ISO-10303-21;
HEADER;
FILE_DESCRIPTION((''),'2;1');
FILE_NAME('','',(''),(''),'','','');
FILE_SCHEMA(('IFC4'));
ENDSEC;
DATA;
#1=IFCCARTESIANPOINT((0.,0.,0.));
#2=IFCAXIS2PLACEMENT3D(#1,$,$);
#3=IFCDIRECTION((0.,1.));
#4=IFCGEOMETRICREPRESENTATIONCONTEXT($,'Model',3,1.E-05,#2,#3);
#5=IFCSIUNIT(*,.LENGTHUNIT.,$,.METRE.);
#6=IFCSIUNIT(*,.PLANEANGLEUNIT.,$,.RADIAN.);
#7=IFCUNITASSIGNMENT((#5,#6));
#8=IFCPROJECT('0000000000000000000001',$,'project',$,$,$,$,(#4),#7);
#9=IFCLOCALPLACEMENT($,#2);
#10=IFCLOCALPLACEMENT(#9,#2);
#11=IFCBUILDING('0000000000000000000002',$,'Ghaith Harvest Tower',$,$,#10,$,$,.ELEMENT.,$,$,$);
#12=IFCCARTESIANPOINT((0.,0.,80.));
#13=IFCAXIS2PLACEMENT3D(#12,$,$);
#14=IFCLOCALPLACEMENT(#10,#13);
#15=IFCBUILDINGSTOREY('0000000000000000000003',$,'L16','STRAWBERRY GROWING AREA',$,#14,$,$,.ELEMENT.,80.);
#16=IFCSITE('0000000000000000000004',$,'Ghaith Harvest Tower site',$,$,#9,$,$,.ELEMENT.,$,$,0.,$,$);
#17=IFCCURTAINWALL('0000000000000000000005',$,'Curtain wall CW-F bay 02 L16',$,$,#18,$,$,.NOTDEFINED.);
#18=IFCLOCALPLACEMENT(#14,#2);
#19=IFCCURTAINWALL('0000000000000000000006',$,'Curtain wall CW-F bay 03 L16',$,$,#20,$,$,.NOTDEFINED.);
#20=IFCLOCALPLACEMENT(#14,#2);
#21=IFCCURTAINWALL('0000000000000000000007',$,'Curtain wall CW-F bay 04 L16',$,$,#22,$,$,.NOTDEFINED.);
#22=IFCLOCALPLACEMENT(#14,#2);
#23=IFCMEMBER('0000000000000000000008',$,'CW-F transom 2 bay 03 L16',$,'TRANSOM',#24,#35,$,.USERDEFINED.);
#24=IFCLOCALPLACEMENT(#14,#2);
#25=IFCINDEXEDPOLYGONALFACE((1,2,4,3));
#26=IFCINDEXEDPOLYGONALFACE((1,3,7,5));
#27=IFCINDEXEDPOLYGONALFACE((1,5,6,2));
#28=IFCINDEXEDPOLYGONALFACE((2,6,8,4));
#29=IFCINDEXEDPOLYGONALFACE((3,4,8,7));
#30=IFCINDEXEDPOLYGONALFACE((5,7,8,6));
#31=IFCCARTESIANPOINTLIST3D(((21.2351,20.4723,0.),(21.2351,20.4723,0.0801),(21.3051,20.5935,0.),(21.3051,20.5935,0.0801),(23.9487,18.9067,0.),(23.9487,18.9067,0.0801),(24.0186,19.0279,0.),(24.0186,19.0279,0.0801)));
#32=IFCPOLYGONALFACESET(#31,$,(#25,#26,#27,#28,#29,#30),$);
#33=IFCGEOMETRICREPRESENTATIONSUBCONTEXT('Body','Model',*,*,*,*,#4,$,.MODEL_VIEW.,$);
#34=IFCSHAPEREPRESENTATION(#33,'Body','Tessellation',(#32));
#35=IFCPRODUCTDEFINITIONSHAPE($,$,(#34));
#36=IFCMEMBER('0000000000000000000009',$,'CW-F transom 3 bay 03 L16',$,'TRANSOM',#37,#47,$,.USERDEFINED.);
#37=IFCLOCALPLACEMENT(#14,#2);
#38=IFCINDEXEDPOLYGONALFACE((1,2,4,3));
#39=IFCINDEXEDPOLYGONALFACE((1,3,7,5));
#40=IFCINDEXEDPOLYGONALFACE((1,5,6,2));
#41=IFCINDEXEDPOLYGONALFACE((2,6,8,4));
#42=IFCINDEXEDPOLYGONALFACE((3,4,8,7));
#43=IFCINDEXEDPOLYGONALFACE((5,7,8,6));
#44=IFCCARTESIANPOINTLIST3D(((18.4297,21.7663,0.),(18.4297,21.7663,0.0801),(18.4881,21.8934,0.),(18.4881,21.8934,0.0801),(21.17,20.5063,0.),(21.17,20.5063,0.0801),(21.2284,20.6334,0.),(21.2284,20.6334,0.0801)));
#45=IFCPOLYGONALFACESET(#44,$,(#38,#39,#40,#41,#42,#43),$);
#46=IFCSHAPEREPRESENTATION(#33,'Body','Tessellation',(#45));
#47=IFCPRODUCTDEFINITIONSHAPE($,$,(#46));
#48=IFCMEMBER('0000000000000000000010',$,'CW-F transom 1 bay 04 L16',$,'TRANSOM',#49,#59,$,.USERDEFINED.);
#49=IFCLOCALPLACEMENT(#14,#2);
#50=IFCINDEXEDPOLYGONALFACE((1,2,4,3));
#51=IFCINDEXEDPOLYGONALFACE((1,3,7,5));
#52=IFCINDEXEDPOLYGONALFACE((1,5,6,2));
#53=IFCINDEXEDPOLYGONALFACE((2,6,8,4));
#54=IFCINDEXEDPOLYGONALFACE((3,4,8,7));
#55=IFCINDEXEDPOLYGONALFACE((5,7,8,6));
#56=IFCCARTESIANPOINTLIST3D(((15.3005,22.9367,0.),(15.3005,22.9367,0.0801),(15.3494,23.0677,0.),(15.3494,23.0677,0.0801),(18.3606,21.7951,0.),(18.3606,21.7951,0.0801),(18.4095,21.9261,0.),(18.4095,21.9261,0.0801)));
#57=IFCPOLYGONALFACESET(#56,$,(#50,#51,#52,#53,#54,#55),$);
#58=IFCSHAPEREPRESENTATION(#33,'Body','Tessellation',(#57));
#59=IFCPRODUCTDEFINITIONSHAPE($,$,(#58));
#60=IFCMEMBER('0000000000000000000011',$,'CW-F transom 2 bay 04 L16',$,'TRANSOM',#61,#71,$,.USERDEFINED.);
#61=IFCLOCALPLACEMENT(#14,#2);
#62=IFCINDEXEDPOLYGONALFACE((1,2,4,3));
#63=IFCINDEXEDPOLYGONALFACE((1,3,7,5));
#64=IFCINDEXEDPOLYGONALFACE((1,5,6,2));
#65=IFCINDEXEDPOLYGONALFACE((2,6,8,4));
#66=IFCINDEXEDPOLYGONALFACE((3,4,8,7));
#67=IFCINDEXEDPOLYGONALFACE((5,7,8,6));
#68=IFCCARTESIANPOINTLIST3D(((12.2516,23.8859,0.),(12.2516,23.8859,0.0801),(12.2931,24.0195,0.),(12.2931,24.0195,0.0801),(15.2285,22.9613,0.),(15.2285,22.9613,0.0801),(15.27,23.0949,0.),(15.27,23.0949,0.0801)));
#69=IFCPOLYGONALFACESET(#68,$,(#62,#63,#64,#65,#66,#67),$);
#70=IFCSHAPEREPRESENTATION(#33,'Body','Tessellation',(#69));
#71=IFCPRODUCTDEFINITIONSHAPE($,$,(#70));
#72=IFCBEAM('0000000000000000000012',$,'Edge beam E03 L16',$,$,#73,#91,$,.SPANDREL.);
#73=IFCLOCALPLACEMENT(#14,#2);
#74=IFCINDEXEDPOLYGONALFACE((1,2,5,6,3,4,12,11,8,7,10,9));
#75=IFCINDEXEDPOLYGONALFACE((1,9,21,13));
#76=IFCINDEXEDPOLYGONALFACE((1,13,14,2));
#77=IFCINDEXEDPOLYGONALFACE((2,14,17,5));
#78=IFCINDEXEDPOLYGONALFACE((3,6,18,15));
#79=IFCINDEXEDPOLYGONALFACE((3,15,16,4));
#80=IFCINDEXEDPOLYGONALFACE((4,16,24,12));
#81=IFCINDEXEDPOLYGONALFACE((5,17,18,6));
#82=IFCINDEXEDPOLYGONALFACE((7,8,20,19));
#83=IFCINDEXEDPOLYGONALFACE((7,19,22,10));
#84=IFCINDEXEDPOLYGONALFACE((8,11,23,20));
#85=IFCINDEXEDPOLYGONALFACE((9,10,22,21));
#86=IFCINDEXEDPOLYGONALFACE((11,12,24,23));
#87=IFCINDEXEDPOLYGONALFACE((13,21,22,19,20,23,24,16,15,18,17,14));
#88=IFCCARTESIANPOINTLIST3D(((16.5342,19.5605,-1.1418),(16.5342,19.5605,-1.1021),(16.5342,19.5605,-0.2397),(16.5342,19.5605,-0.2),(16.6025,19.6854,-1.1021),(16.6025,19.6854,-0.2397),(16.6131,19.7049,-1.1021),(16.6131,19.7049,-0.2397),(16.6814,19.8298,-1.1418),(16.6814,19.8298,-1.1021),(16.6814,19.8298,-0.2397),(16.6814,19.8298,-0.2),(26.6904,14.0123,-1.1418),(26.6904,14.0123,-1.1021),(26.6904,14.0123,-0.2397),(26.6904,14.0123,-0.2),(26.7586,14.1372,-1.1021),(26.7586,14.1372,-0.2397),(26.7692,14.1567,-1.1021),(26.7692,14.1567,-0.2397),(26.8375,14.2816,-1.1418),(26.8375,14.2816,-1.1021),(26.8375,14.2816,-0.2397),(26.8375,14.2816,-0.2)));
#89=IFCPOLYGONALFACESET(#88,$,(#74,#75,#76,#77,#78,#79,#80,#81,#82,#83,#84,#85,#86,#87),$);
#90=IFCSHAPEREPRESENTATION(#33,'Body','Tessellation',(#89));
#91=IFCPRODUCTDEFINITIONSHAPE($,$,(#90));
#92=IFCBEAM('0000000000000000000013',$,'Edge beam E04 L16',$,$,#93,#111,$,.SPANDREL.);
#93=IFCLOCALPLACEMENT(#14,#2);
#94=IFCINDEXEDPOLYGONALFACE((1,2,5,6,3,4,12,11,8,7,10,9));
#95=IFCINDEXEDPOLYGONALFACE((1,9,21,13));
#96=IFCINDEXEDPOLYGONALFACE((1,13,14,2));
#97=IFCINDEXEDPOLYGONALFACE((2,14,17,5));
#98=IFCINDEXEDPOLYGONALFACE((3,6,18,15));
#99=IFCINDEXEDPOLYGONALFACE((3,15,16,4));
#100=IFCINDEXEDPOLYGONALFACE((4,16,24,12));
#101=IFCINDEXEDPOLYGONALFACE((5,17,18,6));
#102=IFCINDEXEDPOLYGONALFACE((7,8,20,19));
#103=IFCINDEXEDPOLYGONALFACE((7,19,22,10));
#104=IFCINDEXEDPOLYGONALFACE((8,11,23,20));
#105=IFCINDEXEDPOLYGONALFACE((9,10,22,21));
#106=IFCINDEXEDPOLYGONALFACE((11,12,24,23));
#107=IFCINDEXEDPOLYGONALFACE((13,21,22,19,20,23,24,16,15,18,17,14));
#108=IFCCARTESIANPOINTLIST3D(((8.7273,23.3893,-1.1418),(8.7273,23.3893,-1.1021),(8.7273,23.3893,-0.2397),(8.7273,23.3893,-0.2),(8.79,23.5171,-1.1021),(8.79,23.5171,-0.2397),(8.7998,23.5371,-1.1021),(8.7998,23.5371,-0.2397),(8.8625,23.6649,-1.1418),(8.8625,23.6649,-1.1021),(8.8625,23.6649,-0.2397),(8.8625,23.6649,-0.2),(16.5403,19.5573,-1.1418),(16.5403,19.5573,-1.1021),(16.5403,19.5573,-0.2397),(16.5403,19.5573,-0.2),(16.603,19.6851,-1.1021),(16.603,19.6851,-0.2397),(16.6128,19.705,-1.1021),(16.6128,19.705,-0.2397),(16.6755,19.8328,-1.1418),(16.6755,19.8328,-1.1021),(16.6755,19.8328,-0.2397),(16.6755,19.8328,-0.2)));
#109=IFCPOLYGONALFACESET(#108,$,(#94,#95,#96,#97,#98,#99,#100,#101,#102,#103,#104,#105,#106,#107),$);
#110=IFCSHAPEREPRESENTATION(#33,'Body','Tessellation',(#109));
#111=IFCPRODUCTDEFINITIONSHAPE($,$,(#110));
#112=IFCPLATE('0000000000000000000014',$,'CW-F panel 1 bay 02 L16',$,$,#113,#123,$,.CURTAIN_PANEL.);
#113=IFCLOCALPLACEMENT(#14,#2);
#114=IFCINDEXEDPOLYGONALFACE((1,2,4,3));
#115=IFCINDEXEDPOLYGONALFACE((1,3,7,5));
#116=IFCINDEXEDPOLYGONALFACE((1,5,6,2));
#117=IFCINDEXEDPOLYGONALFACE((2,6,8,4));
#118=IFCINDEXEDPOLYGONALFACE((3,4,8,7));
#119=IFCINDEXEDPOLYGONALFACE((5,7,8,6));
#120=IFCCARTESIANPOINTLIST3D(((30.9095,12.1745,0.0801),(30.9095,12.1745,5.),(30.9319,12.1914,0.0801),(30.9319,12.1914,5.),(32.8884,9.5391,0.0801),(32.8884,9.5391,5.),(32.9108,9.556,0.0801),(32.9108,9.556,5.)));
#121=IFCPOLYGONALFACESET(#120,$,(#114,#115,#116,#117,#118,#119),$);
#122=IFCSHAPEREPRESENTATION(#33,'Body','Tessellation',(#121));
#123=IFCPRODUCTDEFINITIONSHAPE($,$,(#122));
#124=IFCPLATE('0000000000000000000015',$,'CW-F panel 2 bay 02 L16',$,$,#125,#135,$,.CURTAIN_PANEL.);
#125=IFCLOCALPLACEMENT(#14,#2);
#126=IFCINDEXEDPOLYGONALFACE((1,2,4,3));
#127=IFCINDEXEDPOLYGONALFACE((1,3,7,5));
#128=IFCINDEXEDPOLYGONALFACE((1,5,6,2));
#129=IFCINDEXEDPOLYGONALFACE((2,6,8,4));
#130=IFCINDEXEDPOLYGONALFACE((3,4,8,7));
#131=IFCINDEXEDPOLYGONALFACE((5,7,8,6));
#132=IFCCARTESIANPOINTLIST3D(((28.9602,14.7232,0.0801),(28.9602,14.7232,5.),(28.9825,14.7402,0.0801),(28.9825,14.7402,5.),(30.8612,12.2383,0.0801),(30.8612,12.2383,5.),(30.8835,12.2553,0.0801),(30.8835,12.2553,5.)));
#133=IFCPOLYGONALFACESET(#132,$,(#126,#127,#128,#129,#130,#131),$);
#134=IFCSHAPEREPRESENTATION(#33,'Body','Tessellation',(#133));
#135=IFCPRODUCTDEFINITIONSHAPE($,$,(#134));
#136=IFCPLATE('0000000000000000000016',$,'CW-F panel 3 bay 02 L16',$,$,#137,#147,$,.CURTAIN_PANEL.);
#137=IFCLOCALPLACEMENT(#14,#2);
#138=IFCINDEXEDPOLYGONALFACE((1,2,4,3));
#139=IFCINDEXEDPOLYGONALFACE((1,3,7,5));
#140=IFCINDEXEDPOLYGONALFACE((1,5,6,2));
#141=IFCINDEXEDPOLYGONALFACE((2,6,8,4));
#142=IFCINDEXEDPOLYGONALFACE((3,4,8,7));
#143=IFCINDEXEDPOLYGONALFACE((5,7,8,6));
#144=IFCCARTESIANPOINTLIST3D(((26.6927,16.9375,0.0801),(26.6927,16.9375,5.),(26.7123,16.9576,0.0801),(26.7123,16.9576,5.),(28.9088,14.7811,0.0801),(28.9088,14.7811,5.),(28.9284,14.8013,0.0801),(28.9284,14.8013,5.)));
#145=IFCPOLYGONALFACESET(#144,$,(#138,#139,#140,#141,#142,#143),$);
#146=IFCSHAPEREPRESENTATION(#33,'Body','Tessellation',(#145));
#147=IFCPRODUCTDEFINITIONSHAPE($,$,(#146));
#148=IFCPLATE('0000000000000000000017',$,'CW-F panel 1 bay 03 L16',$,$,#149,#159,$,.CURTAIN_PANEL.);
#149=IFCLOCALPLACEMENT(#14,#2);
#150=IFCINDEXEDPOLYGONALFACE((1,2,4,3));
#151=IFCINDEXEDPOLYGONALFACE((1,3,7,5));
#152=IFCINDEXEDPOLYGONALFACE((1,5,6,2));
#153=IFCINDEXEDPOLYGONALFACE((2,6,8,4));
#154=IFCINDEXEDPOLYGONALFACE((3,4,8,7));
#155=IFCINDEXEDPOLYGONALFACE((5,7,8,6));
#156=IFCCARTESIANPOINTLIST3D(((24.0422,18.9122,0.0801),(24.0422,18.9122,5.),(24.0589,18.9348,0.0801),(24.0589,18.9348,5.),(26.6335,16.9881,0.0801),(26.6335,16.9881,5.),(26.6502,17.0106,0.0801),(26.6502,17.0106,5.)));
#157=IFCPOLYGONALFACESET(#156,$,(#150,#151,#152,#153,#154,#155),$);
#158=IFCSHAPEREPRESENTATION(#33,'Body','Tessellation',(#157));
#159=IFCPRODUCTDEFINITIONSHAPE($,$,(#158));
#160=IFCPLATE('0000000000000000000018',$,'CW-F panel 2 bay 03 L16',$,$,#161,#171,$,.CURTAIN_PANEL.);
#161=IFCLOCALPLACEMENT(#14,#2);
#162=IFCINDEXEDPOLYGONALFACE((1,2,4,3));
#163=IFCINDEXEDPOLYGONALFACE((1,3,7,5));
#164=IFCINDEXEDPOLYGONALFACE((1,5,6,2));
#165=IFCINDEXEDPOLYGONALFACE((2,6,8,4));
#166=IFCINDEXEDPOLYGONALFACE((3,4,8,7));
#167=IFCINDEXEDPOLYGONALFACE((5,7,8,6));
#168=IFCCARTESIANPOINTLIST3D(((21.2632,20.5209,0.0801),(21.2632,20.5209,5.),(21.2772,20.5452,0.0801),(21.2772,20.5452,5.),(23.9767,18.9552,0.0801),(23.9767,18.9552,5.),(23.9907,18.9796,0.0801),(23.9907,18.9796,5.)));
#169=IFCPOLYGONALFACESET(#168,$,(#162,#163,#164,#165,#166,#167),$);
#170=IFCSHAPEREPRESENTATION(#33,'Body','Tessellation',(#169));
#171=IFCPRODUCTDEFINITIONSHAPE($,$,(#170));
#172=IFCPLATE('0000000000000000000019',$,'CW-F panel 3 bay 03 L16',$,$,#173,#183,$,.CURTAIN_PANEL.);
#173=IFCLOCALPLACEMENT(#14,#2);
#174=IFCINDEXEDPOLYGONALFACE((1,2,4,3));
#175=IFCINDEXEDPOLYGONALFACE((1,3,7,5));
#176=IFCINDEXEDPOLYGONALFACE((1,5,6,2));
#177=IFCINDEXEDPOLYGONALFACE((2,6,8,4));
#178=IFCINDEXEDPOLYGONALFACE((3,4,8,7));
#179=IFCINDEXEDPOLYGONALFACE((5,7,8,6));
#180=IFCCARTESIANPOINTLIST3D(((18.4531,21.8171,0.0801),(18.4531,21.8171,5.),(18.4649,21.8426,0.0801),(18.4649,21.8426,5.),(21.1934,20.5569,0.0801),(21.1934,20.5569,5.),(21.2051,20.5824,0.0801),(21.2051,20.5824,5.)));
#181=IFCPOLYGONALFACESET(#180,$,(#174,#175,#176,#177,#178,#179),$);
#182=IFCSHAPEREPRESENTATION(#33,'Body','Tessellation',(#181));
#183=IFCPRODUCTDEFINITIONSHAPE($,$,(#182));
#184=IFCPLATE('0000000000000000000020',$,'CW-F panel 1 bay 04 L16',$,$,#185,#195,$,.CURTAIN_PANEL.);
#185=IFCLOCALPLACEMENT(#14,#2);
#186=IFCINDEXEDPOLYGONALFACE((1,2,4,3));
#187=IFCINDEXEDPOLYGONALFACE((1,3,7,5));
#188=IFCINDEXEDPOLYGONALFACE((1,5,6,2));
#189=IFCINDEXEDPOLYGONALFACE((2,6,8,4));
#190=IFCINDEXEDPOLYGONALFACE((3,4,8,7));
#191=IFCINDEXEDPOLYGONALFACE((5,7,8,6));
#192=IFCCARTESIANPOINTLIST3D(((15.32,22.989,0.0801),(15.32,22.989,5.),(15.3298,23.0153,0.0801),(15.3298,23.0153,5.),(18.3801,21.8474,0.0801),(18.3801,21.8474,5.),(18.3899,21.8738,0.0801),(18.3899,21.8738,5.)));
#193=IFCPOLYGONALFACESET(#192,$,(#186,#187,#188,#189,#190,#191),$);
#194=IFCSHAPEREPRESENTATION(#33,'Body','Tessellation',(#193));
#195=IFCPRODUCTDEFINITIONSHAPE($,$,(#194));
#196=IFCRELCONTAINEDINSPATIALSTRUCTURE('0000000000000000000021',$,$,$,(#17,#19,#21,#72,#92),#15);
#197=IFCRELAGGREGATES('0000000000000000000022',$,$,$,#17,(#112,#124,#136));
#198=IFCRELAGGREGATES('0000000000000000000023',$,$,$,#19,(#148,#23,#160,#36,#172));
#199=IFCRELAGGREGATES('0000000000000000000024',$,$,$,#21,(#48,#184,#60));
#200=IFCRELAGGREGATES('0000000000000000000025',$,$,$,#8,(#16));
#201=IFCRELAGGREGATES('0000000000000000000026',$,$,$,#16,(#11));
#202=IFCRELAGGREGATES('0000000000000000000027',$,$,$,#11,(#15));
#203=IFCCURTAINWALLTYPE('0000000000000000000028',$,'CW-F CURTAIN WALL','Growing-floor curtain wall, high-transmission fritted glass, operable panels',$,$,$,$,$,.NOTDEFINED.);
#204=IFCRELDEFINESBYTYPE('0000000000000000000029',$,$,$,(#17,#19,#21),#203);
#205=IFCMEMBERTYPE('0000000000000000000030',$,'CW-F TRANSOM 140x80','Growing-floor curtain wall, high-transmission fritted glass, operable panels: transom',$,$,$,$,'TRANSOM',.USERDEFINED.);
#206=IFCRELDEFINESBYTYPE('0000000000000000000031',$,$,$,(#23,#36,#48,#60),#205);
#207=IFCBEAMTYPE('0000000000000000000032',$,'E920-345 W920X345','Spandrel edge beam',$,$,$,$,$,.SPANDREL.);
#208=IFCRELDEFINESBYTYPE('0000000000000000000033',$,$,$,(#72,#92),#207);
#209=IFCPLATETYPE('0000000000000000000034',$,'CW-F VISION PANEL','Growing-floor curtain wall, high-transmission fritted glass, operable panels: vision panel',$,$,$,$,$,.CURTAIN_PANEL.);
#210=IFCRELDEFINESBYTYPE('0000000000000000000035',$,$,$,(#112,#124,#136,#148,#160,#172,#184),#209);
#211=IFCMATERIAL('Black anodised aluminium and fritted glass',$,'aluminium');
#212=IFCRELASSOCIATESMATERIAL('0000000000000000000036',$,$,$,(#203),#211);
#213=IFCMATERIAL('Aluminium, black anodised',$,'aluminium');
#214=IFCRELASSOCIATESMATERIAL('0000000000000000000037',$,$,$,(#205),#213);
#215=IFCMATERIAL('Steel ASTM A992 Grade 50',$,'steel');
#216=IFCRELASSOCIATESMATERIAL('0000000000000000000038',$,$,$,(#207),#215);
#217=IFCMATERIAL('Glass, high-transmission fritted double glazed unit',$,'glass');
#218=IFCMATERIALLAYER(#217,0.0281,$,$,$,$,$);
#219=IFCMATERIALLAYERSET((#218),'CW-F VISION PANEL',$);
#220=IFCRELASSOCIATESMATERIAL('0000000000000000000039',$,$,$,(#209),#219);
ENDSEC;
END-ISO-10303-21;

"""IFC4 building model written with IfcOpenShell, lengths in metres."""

from ifc_helpers import new_model, si_unit, direction, frame, origin, origin_2d, place, context, subcontext, project, spatial, rectangle, i_section, extrude, material, layer, layer_set, material_profile, profile_set, type_object, element, aggregate, save


model = new_model("IFC4")

# Units and contexts
model_context = context("Model", 3, precision=1e-05, world=origin(), true_north=direction((0.0, 1.0)))
body_context = subcontext(model_context, "Body", "Model", "MODEL_VIEW")
ifc_project = project(units=[si_unit("LENGTHUNIT", "METRE"), si_unit("PLANEANGLEUNIT", "RADIAN")], contexts=[model_context])

# Site, building, storey
site_placement = place(None, origin())
site = spatial("IfcSite", under=ifc_project, at=site_placement, Name="Ghaith Harvest Tower site", CompositionType="ELEMENT", RefElevation=0.0)
building_placement = place(site_placement, origin())
building = spatial("IfcBuilding", under=site, at=building_placement, Name="Ghaith Harvest Tower", CompositionType="ELEMENT")
storey_placement = place(building_placement, frame((0.0, 0.0, 80.0)))
storey = spatial("IfcBuildingStorey", under=building, at=storey_placement, Name="L16", Description="STRAWBERRY GROWING AREA", CompositionType="ELEMENT", Elevation=80.0)

# Curtain walls
ifc_material_1 = material(Name="Black anodised aluminium and fritted glass", Category="aluminium")
curtain_wall_type = type_object("IfcCurtainWallType", Name="CW-F CURTAIN WALL", Description="Growing-floor curtain wall, high-transmission fritted glass, operable panels", PredefinedType="NOTDEFINED", material=ifc_material_1)
curtain_wall_1_placement = place(storey_placement, origin())
curtain_wall_1 = element("IfcCurtainWall", 1, at=curtain_wall_1_placement, inside=storey, type_object=curtain_wall_type, Name="Curtain wall CW-F bay 02 L16", PredefinedType="NOTDEFINED")
curtain_wall_2_placement = place(storey_placement, origin())
curtain_wall_2 = element("IfcCurtainWall", 2, at=curtain_wall_2_placement, inside=storey, type_object=curtain_wall_type, Name="Curtain wall CW-F bay 03 L16", PredefinedType="NOTDEFINED")
curtain_wall_3_placement = place(storey_placement, origin())
curtain_wall_3 = element("IfcCurtainWall", 3, at=curtain_wall_3_placement, inside=storey, type_object=curtain_wall_type, Name="Curtain wall CW-F bay 04 L16", PredefinedType="NOTDEFINED")

# Members
ifc_material_2 = material(Name="Aluminium, black anodised", Category="aluminium")
ifc_material_profile_1 = material_profile(ifc_material_2, rectangle(XDim=0.1399, YDim=0.0801, at=origin_2d()), Name="CW-F TRANSOM 140x80")
ifc_profile_set_1 = profile_set([ifc_material_profile_1], Name="Aluminium, black anodised")
member_type_1 = type_object("IfcMemberType", Name="CW-F TRANSOM 140x80", Description="Growing-floor curtain wall, high-transmission fritted glass, operable panels: transom", ElementType="TRANSOM", PredefinedType="USERDEFINED", material=ifc_profile_set_1)
member_1_placement = place(storey_placement, frame((23.9836, 18.9673, 0.04), z_axis=(-0.866169, 0.499752, 0.0), x_axis=(-0.499752, -0.866169, 0.0)))
member_1 = element("IfcMember", 4, at=member_1_placement, type_object=member_type_1, Name="CW-F transom 2 bay 03 L16", ObjectType="TRANSOM", PredefinedType="USERDEFINED", context=body_context, shape_type="SweptSolid", body=[
    extrude(rectangle(XDim=0.1399, YDim=0.0801, at=origin_2d()), origin(), (0.0, 0.0, 1.0), 3.1328),
])
member_2_placement = place(storey_placement, frame((21.1992, 20.5698, 0.04), z_axis=(-0.908553, 0.417769, 0.0), x_axis=(-0.417769, -0.908553, 0.0)))
member_2 = element("IfcMember", 5, at=member_2_placement, type_object=member_type_1, Name="CW-F transom 3 bay 03 L16", ObjectType="TRANSOM", PredefinedType="USERDEFINED", context=body_context, shape_type="SweptSolid", body=[
    extrude(rectangle(XDim=0.1399, YDim=0.0801, at=origin_2d()), origin(), (0.0, 0.0, 1.0), 3.0161),
])
member_3_placement = place(storey_placement, frame((18.385, 21.8606, 0.04), z_axis=(-0.936924, 0.349534, 0.0), x_axis=(-0.349534, -0.936924, 0.0)))
member_3 = element("IfcMember", 6, at=member_3_placement, type_object=member_type_1, Name="CW-F transom 1 bay 04 L16", ObjectType="TRANSOM", PredefinedType="USERDEFINED", context=body_context, shape_type="SweptSolid", body=[
    extrude(rectangle(XDim=0.1399, YDim=0.0801, at=origin_2d()), origin(), (0.0, 0.0, 1.0), 3.2661),
])
member_4_placement = place(storey_placement, frame((15.2493, 23.0281, 0.04), z_axis=(-0.954998, 0.296611, 0.0), x_axis=(-0.296611, -0.954998, 0.0)))
member_4 = element("IfcMember", 7, at=member_4_placement, type_object=member_type_1, Name="CW-F transom 2 bay 04 L16", ObjectType="TRANSOM", PredefinedType="USERDEFINED", context=body_context, shape_type="SweptSolid", body=[
    extrude(rectangle(XDim=0.1399, YDim=0.0801, at=origin_2d()), origin(), (0.0, 0.0, 1.0), 3.1172),
])

# Beams
ifc_material_3 = material(Name="Steel ASTM A992 Grade 50", Category="steel")
ifc_material_profile_2 = material_profile(ifc_material_3, i_section(OverallWidth=0.3069, OverallDepth=0.9419, WebThickness=0.0222, FlangeThickness=0.0398, at=origin_2d()), Name="W920X345")
ifc_profile_set_2 = profile_set([ifc_material_profile_2], Name="Steel ASTM A992 Grade 50")
beam_type = type_object("IfcBeamType", Name="E920-345 W920X345", Description="Spandrel edge beam", PredefinedType="SPANDREL", material=ifc_profile_set_2)
beam_1_placement = place(storey_placement, frame((26.7639, 14.147, -0.6709), z_axis=(-0.877588, 0.479415, 0.0), x_axis=(-0.479415, -0.877588, 0.0)))
element("IfcBeam", 8, at=beam_1_placement, inside=storey, type_object=beam_type, Name="Edge beam E03 L16", PredefinedType="SPANDREL", context=body_context, shape_type="SweptSolid", body=[
    extrude(i_section(OverallWidth=0.3069, OverallDepth=0.9419, WebThickness=0.0222, FlangeThickness=0.0398, at=origin_2d()), origin(), (0.0, 0.0, 1.0), 11.5728),
])
beam_2_placement = place(storey_placement, frame((16.6079, 19.6951, -0.6709), z_axis=(-0.897824, 0.440355, 0.0), x_axis=(-0.440355, -0.897824, 0.0)))
element("IfcBeam", 9, at=beam_2_placement, inside=storey, type_object=beam_type, Name="Edge beam E04 L16", PredefinedType="SPANDREL", context=body_context, shape_type="SweptSolid", body=[
    extrude(i_section(OverallWidth=0.3069, OverallDepth=0.9419, WebThickness=0.0222, FlangeThickness=0.0398, at=origin_2d()), origin(), (0.0, 0.0, 1.0), 8.7021),
])

# Plates
ifc_material_4 = material(Name="Glass, high-transmission fritted double glazed unit", Category="glass")
ifc_layer_1 = layer(ifc_material_4, 0.0281)
ifc_layer_set_1 = layer_set([ifc_layer_1], Name="CW-F VISION PANEL")
plate_type = type_object("IfcPlateType", Name="CW-F VISION PANEL", Description="Growing-floor curtain wall, high-transmission fritted glass, operable panels: vision panel", PredefinedType="CURTAIN_PANEL", material=ifc_layer_set_1)
plate_1_placement = place(storey_placement, frame((31.9102, 10.8652, 0.0801), z_axis=(0.0, 0.0, 1.0), x_axis=(-0.600454, 0.799659, 0.0)))
plate_1 = element("IfcPlate", 10, at=plate_1_placement, type_object=plate_type, Name="CW-F panel 1 bay 02 L16", PredefinedType="CURTAIN_PANEL", context=body_context, shape_type="SweptSolid", body=[
    extrude(rectangle(XDim=3.2957, YDim=0.0281, at=origin_2d()), origin(), (0.0, 0.0, 1.0), 4.9199),
])
plate_2_placement = place(storey_placement, frame((29.9219, 13.4893, 0.0801), z_axis=(0.0, 0.0, 1.0), x_axis=(-0.607612, 0.794234, 0.0)))
plate_2 = element("IfcPlate", 11, at=plate_2_placement, type_object=plate_type, Name="CW-F panel 2 bay 02 L16", PredefinedType="CURTAIN_PANEL", context=body_context, shape_type="SweptSolid", body=[
    extrude(rectangle(XDim=3.1287, YDim=0.0281, at=origin_2d()), origin(), (0.0, 0.0, 1.0), 4.9199),
])
plate_3_placement = place(storey_placement, frame((27.8105, 15.8694, 0.0801), z_axis=(0.0, 0.0, 1.0), x_axis=(-0.716691, 0.697391, 0.0)))
plate_3 = element("IfcPlate", 12, at=plate_3_placement, type_object=plate_type, Name="CW-F panel 3 bay 02 L16", PredefinedType="CURTAIN_PANEL", context=body_context, shape_type="SweptSolid", body=[
    extrude(rectangle(XDim=3.092, YDim=0.0281, at=origin_2d()), origin(), (0.0, 0.0, 1.0), 4.9199),
])
aggregate(curtain_wall_1, [plate_1, plate_2, plate_3])
plate_4_placement = place(storey_placement, frame((25.3462, 17.9614, 0.0801), z_axis=(0.0, 0.0, 1.0), x_axis=(-0.802867, 0.596158, 0.0)))
plate_4 = element("IfcPlate", 13, at=plate_4_placement, type_object=plate_type, Name="CW-F panel 1 bay 03 L16", PredefinedType="CURTAIN_PANEL", context=body_context, shape_type="SweptSolid", body=[
    extrude(rectangle(XDim=3.2275, YDim=0.0281, at=origin_2d()), origin(), (0.0, 0.0, 1.0), 4.9199),
])
plate_5_placement = place(storey_placement, frame((22.627, 19.7502, 0.0801), z_axis=(0.0, 0.0, 1.0), x_axis=(-0.866159, 0.499768, 0.0)))
plate_5 = element("IfcPlate", 14, at=plate_5_placement, type_object=plate_type, Name="CW-F panel 2 bay 03 L16", PredefinedType="CURTAIN_PANEL", context=body_context, shape_type="SweptSolid", body=[
    extrude(rectangle(XDim=3.1328, YDim=0.0281, at=origin_2d()), origin(), (0.0, 0.0, 1.0), 4.9199),
])
plate_6_placement = place(storey_placement, frame((19.8291, 21.1997, 0.0801), z_axis=(0.0, 0.0, 1.0), x_axis=(-0.90853, 0.417821, 0.0)))
plate_6 = element("IfcPlate", 15, at=plate_6_placement, type_object=plate_type, Name="CW-F panel 3 bay 03 L16", PredefinedType="CURTAIN_PANEL", context=body_context, shape_type="SweptSolid", body=[
    extrude(rectangle(XDim=3.0161, YDim=0.0281, at=origin_2d()), origin(), (0.0, 0.0, 1.0), 4.9199),
])
aggregate(curtain_wall_2, [plate_4, member_1, plate_5, member_2, plate_6])
plate_7_placement = place(storey_placement, frame((16.855, 22.4314, 0.0801), z_axis=(0.0, 0.0, 1.0), x_axis=(-0.936926, 0.349526, 0.0)))
plate_7 = element("IfcPlate", 16, at=plate_7_placement, type_object=plate_type, Name="CW-F panel 1 bay 04 L16", PredefinedType="CURTAIN_PANEL", context=body_context, shape_type="SweptSolid", body=[
    extrude(rectangle(XDim=3.2661, YDim=0.0281, at=origin_2d()), origin(), (0.0, 0.0, 1.0), 4.9199),
])
aggregate(curtain_wall_3, [member_3, plate_7, member_4])

save(model, "model.ifc")
